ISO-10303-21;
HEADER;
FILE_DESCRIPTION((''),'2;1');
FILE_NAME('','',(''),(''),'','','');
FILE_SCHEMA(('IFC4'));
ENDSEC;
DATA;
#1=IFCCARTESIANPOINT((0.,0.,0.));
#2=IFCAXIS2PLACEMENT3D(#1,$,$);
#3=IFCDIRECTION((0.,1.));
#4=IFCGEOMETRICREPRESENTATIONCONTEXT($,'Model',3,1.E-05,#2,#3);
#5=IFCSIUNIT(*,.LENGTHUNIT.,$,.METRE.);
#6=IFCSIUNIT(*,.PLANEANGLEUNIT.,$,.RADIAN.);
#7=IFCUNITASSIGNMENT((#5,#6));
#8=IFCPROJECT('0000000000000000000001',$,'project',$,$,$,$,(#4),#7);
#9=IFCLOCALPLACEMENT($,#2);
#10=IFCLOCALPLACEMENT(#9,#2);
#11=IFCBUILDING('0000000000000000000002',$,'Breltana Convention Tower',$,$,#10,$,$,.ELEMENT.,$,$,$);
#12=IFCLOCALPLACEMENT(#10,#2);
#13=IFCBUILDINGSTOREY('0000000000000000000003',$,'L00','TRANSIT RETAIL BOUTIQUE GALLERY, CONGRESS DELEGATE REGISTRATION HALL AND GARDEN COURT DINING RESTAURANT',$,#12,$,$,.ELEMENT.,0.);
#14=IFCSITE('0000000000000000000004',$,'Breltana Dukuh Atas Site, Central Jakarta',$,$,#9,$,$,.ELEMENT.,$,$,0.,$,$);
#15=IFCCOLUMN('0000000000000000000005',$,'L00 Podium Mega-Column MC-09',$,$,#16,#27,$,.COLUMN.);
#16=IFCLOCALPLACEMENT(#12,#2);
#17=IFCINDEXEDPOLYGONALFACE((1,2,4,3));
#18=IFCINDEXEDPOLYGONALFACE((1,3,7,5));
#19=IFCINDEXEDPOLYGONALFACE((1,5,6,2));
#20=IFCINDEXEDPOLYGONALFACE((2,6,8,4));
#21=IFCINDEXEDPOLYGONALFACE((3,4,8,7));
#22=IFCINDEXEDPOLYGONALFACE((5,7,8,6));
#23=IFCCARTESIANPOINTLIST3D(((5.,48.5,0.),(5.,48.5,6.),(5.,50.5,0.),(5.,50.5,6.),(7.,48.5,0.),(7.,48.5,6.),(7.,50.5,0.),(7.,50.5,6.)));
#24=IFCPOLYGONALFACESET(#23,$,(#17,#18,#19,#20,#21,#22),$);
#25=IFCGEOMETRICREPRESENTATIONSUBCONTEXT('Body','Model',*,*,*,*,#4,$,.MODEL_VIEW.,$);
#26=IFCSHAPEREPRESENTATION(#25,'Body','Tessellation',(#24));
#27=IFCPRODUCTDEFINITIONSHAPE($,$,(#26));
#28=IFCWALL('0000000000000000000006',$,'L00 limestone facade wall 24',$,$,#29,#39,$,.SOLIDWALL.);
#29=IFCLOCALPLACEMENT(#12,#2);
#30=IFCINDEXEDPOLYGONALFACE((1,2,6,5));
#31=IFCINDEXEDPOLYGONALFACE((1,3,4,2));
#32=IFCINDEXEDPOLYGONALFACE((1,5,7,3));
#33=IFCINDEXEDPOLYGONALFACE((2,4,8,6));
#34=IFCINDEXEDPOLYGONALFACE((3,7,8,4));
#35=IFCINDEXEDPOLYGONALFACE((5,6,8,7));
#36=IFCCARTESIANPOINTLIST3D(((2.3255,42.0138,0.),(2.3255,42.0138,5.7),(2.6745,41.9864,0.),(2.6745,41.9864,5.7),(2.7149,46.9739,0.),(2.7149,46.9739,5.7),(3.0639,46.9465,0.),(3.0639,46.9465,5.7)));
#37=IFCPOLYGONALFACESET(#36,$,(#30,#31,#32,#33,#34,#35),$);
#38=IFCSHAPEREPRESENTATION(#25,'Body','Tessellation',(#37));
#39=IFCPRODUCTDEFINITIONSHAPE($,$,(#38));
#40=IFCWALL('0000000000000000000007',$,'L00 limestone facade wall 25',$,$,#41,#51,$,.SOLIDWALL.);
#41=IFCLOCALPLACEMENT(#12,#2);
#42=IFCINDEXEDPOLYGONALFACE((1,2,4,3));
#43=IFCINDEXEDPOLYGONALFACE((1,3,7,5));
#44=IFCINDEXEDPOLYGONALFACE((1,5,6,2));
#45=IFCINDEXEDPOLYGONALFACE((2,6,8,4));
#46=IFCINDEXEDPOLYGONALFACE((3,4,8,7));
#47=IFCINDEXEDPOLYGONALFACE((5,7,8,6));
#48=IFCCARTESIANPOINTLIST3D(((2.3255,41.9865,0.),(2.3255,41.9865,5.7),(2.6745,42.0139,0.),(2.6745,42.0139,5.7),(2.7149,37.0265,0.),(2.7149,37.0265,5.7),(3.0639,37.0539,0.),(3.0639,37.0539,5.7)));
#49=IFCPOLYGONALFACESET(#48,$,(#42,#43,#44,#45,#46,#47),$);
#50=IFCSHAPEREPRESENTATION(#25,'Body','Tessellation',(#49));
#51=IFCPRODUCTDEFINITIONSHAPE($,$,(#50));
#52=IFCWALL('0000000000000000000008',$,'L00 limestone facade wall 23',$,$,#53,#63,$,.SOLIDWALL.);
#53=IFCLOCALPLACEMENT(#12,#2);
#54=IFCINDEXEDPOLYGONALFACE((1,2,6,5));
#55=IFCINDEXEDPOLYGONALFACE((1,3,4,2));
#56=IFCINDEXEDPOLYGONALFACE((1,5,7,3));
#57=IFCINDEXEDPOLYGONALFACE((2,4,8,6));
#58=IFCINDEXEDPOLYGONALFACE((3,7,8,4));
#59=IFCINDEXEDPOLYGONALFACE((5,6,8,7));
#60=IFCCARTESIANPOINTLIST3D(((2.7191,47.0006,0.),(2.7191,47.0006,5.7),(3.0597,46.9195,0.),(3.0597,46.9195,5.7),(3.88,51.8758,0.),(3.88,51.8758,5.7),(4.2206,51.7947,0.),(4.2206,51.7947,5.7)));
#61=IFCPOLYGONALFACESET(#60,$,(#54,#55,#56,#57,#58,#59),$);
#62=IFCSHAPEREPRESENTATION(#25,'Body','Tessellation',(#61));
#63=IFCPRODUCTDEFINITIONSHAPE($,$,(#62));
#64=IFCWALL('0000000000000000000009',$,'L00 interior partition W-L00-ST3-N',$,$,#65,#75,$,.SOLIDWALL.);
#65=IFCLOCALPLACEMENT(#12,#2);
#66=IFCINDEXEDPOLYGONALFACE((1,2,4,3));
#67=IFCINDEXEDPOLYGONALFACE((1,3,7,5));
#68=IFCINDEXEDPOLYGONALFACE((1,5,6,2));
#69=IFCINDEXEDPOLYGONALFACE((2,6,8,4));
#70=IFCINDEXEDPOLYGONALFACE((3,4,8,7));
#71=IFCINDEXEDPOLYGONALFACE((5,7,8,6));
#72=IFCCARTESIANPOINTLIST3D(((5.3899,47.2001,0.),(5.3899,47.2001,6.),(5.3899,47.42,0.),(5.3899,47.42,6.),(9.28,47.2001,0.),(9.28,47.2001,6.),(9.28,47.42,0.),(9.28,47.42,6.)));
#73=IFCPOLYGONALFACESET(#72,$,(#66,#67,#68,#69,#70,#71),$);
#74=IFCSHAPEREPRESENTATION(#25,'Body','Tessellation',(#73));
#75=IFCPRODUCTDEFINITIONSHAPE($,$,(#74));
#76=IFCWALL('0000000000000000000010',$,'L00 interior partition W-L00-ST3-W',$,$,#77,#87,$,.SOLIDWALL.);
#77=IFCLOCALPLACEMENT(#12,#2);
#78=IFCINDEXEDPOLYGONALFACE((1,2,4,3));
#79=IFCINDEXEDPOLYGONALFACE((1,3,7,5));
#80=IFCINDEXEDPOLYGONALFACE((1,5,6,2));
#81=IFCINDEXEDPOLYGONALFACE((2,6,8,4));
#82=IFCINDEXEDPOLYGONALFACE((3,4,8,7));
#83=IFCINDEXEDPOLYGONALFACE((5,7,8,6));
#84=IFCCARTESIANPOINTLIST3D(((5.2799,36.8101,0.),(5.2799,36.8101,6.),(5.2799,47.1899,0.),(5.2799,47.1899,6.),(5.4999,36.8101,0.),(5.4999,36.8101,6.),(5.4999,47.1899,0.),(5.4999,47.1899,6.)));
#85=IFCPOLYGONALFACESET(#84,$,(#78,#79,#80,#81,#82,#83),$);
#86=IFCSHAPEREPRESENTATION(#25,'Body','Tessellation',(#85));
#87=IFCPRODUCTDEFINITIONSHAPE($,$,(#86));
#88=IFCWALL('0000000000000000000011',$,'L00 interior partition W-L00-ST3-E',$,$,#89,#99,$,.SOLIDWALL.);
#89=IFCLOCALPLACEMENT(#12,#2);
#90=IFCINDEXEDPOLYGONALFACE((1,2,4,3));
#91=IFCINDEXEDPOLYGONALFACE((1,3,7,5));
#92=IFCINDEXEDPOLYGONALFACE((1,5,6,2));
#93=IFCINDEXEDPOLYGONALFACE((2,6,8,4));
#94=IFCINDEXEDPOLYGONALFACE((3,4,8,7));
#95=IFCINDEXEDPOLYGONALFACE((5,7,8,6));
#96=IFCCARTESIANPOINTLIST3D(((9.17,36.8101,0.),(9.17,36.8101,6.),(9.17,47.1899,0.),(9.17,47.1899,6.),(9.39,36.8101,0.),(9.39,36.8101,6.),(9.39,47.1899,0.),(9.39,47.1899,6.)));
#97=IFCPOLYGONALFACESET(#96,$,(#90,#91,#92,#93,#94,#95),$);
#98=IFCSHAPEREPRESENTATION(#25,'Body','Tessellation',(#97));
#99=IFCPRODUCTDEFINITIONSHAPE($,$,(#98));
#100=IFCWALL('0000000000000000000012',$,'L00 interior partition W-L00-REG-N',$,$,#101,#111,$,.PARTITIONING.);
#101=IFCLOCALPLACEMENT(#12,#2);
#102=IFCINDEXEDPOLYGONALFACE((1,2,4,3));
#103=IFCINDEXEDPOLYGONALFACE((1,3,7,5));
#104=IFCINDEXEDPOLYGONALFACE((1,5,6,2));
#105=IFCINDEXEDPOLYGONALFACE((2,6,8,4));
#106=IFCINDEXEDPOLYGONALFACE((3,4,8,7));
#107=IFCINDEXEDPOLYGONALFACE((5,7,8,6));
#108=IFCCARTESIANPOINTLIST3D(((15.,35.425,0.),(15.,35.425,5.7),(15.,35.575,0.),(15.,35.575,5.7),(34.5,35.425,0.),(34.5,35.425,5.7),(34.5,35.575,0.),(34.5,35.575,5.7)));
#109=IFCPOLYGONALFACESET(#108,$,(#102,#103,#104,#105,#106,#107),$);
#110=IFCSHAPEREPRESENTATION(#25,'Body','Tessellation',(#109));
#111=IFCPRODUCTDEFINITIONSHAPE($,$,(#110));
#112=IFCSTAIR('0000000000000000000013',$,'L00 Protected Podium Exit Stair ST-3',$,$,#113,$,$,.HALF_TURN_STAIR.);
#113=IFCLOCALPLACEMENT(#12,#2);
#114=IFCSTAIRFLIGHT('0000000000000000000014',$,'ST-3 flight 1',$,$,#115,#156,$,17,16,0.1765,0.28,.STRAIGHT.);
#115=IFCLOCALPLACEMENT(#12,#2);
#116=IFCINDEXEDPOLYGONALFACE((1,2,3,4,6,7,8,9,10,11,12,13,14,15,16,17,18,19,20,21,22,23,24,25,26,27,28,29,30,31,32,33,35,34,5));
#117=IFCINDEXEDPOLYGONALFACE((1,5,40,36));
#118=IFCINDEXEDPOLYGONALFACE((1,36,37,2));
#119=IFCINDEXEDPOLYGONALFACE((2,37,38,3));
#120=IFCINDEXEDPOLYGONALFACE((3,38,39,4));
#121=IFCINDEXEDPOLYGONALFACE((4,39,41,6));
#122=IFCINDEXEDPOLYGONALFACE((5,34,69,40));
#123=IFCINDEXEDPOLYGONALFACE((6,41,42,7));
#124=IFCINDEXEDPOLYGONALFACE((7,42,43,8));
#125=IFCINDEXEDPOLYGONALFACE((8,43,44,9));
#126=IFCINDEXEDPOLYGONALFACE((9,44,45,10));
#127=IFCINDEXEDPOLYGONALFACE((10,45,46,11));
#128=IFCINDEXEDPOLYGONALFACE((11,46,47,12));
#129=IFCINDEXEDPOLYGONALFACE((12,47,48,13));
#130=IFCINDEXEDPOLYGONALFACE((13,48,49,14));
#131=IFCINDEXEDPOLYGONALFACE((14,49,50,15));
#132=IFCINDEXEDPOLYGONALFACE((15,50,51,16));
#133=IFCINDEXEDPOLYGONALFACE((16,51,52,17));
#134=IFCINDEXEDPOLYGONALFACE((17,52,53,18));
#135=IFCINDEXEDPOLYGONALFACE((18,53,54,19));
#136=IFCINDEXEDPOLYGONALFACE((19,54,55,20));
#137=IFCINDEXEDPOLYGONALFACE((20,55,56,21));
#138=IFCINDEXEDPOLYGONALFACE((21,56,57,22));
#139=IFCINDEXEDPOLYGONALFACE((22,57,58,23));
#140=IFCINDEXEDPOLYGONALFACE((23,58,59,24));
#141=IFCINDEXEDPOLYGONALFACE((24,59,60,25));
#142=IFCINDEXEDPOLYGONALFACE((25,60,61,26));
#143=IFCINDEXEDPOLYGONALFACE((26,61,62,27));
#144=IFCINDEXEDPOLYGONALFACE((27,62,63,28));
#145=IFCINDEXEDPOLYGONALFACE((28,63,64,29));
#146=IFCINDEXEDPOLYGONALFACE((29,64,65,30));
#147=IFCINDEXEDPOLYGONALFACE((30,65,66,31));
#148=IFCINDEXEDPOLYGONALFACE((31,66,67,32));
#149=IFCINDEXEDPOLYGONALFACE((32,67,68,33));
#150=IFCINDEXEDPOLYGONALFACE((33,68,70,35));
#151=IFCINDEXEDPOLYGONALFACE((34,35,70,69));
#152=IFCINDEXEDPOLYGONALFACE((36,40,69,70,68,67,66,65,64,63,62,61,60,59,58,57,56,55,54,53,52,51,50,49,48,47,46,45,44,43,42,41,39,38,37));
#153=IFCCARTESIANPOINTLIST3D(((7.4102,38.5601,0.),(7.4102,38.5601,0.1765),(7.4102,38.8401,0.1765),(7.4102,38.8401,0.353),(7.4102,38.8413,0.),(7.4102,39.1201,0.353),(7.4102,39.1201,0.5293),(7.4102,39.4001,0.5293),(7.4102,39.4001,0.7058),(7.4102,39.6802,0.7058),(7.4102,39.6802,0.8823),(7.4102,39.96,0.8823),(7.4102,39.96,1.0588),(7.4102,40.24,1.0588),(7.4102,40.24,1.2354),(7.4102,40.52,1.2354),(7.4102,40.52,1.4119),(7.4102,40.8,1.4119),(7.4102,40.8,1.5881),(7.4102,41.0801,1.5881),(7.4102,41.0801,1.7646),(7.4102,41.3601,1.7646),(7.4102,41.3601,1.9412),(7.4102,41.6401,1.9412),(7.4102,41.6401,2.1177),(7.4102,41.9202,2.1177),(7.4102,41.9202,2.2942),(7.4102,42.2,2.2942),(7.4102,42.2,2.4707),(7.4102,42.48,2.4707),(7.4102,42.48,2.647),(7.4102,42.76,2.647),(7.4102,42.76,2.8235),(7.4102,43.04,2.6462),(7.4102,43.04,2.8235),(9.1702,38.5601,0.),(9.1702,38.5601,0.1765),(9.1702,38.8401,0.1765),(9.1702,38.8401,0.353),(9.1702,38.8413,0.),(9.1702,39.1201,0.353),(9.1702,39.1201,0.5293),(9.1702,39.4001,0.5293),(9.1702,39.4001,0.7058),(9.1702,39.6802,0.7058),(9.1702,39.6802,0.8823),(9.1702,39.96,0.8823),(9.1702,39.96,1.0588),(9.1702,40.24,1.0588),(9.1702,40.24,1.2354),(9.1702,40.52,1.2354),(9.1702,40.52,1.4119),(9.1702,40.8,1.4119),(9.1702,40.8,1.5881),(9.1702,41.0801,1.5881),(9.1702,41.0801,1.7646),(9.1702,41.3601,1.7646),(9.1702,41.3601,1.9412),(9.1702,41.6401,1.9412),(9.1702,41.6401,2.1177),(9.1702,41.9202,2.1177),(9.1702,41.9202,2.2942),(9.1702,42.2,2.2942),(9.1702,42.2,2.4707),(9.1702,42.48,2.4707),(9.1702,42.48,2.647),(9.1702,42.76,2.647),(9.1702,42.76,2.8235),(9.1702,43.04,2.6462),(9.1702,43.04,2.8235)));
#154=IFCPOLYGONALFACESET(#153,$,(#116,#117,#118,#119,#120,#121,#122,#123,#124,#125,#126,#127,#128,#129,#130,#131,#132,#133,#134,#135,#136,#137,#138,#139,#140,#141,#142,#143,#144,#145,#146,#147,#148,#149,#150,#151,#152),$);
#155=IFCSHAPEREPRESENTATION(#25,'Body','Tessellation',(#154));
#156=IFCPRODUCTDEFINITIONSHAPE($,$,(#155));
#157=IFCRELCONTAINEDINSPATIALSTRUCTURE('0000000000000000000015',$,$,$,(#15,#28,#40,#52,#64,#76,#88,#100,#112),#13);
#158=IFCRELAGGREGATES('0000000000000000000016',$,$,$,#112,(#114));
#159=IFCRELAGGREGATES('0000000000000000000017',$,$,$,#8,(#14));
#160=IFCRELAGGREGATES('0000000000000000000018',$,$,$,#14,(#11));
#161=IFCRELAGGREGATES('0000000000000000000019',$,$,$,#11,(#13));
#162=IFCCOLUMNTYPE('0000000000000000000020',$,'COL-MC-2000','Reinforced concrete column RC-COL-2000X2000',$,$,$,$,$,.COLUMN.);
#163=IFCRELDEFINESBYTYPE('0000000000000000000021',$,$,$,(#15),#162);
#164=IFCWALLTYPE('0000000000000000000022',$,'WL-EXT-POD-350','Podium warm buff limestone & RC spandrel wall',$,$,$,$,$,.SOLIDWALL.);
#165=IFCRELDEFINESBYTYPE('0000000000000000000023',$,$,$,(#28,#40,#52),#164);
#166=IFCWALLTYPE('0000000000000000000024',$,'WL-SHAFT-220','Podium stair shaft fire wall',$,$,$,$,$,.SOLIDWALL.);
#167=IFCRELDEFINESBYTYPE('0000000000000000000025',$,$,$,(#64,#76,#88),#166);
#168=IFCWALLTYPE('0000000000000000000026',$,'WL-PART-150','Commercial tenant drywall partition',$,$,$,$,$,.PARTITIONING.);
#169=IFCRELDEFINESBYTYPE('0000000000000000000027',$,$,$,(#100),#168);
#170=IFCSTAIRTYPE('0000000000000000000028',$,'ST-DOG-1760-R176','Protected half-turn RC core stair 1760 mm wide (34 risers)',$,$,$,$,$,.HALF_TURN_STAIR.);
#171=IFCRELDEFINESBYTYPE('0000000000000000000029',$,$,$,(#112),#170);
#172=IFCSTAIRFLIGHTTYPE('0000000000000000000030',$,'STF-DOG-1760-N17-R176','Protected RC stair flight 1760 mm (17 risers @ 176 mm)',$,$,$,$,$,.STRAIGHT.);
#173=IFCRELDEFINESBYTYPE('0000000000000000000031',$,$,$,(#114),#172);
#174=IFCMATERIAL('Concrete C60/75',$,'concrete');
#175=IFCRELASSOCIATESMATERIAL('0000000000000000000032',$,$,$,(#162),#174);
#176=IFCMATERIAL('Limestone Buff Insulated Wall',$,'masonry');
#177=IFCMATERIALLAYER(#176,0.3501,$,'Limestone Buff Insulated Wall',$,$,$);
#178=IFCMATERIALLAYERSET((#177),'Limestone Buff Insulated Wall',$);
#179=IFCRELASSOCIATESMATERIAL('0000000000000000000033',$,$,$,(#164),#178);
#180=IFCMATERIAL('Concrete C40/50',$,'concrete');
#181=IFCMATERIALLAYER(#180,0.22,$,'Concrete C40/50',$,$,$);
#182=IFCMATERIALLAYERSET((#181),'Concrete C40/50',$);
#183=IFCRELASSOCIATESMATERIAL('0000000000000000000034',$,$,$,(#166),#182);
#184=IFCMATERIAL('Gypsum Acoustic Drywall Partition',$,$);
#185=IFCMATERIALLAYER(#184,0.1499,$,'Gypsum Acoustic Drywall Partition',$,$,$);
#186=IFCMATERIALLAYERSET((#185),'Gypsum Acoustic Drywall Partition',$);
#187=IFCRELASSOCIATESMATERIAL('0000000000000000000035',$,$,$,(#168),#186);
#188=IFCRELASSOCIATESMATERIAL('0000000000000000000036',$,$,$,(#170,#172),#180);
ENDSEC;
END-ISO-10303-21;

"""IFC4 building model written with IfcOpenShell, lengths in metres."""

from ifc_helpers import new_model, si_unit, direction, frame, frame_2d, origin, origin_2d, place, context, subcontext, project, spatial, polyline, rectangle, outline, extrude, source, transform, mapped, material, layer, layer_set, material_profile, profile_set, type_object, type_shapes, element, aggregate, save


model = new_model("IFC4")

# Units and contexts
model_context = context("Model", 3, precision=1e-05, world=origin(), true_north=direction((0.0, 1.0)))
body_context = subcontext(model_context, "Body", "Model", "MODEL_VIEW")
ifc_project = project(units=[si_unit("LENGTHUNIT", "METRE"), si_unit("PLANEANGLEUNIT", "RADIAN")], contexts=[model_context])

# Site, building, storey
site_placement = place(None, origin())
site = spatial("IfcSite", under=ifc_project, at=site_placement, Name="Breltana Dukuh Atas Site, Central Jakarta", CompositionType="ELEMENT", RefElevation=0.0)
building_placement = place(site_placement, origin())
building = spatial("IfcBuilding", under=site, at=building_placement, Name="Breltana Convention Tower", CompositionType="ELEMENT")
storey_placement = place(building_placement, origin())
storey = spatial("IfcBuildingStorey", under=building, at=storey_placement, Name="L00", Description="TRANSIT RETAIL BOUTIQUE GALLERY, CONGRESS DELEGATE REGISTRATION HALL AND GARDEN COURT DINING RESTAURANT", CompositionType="ELEMENT", Elevation=0.0)

# Column
ifc_material_1 = material(Name="Concrete C60/75", Category="concrete")
ifc_material_profile = material_profile(ifc_material_1, rectangle(XDim=2.0, YDim=2.0, at=origin_2d()), Name="RC-COL-2000X2000")
ifc_profile_set = profile_set([ifc_material_profile], Name="Concrete C60/75")
column_type = type_object("IfcColumnType", Name="COL-MC-2000", Description="Reinforced concrete column RC-COL-2000X2000", PredefinedType="COLUMN", material=ifc_profile_set)
shared_shape_1 = source(origin(), body_context, "Body", "SweptSolid", [
    extrude(rectangle(XDim=2.0, YDim=2.0, at=origin_2d()), origin(), (0.0, 0.0, 1.0), 6.0),
])
column_placement = place(storey_placement, frame((6.0, 49.5, 0.0), z_axis=(0.0, 0.0, 1.0), x_axis=(-1.0, 0.0, 0.0)))
element("IfcColumn", 1, at=column_placement, inside=storey, type_object=column_type, Name="L00 Podium Mega-Column MC-09", PredefinedType="COLUMN", context=body_context, shape_type="MappedRepresentation", body=[
    mapped(shared_shape_1, transform((0.0, 0.0, 0.0), scale=1.0)),
])

# Walls
ifc_material_2 = material(Name="Limestone Buff Insulated Wall", Category="masonry")
ifc_layer_1 = layer(ifc_material_2, 0.3501, Name="Limestone Buff Insulated Wall")
ifc_layer_set_1 = layer_set([ifc_layer_1], Name="Limestone Buff Insulated Wall")
wall_type_1 = type_object("IfcWallType", Name="WL-EXT-POD-350", Description="Podium warm buff limestone & RC spandrel wall", PredefinedType="SOLIDWALL", material=ifc_layer_set_1)
shared_shape_2 = source(origin(), body_context, "Body", "SweptSolid", [
    extrude(rectangle(XDim=4.9753, YDim=0.3501, at=frame_2d((2.4878, 0.0))), origin(), (0.0, 0.0, 1.0), 5.7),
])
type_shapes(wall_type_1, [shared_shape_2])
for number, where, z_axis, x_axis, name in (
    (2, (2.5, 42.0, 0.0), (0.0, 0.0, 1.0), (0.078269, 0.996932, 0.0), "L00 limestone facade wall 24"),
    (3, (2.8894, 37.04, 0.0), (0.0, 0.0, 1.0), (-0.078269, 0.996932, 0.0), "L00 limestone facade wall 25"),
):
    element("IfcWall", number, at=place(storey_placement, frame(where, z_axis=z_axis, x_axis=x_axis)), inside=storey, type_object=wall_type_1, Name=name, PredefinedType="SOLIDWALL", context=body_context, shape_type="MappedRepresentation", body=[
        mapped(shared_shape_2, transform((0.0, 0.0, 0.0), scale=1.0)),
    ])
shared_shape_3 = source(origin(), body_context, "Body", "SweptSolid", [
    extrude(rectangle(XDim=5.0115, YDim=0.3501, at=frame_2d((2.5059, 0.0))), origin(), (0.0, 0.0, 1.0), 5.7),
])
wall_1_placement = place(storey_placement, frame((2.8894, 46.96, 0.0), z_axis=(0.0, 0.0, 1.0), x_axis=(0.231642, 0.972801, 0.0)))
element("IfcWall", 4, at=wall_1_placement, inside=storey, type_object=wall_type_1, Name="L00 limestone facade wall 23", PredefinedType="SOLIDWALL", context=body_context, shape_type="MappedRepresentation", body=[
    mapped(shared_shape_3, transform((0.0, 0.0, 0.0), scale=1.0)),
])

# Shared definitions
ifc_material_3 = material(Name="Concrete C40/50", Category="concrete")
ifc_layer_2 = layer(ifc_material_3, 0.22, Name="Concrete C40/50")
ifc_layer_set_2 = layer_set([ifc_layer_2], Name="Concrete C40/50")
wall_type_2 = type_object("IfcWallType", Name="WL-SHAFT-220", Description="Podium stair shaft fire wall", PredefinedType="SOLIDWALL", material=ifc_layer_set_2)
shared_shape_4 = source(origin(), body_context, "Body", "SweptSolid", [
    extrude(rectangle(XDim=3.8901, YDim=0.22, at=frame_2d((1.9451, 0.0))), origin(), (0.0, 0.0, 1.0), 6.0),
])

# Walls
wall_2_placement = place(storey_placement, frame((5.3899, 47.3101, 0.0), z_axis=(0.0, 0.0, 1.0), x_axis=(1.0, 0.0, 0.0)))
element("IfcWall", 5, at=wall_2_placement, inside=storey, type_object=wall_type_2, Name="L00 interior partition W-L00-ST3-N", PredefinedType="SOLIDWALL", context=body_context, shape_type="MappedRepresentation", body=[
    mapped(shared_shape_4, transform((0.0, 0.0, 0.0), scale=1.0)),
])
shared_shape_5 = source(origin(), body_context, "Body", "SweptSolid", [
    extrude(rectangle(XDim=10.3799, YDim=0.22, at=frame_2d((5.1899, 0.0))), origin(), (0.0, 0.0, 1.0), 6.0),
])
for number, where, z_axis, x_axis, name in (
    (6, (5.3899, 36.8101, 0.0), (0.0, 0.0, 1.0), (0.0, 1.0, 0.0), "L00 interior partition W-L00-ST3-W"),
    (7, (9.28, 36.8101, 0.0), (0.0, 0.0, 1.0), (0.0, 1.0, 0.0), "L00 interior partition W-L00-ST3-E"),
):
    element("IfcWall", number, at=place(storey_placement, frame(where, z_axis=z_axis, x_axis=x_axis)), inside=storey, type_object=wall_type_2, Name=name, PredefinedType="SOLIDWALL", context=body_context, shape_type="MappedRepresentation", body=[
        mapped(shared_shape_5, transform((0.0, 0.0, 0.0), scale=1.0)),
    ])

# Wall
ifc_material_4 = material(Name="Gypsum Acoustic Drywall Partition")
ifc_layer_3 = layer(ifc_material_4, 0.1499, Name="Gypsum Acoustic Drywall Partition")
ifc_layer_set_3 = layer_set([ifc_layer_3], Name="Gypsum Acoustic Drywall Partition")
wall_type_3 = type_object("IfcWallType", Name="WL-PART-150", Description="Commercial tenant drywall partition", PredefinedType="PARTITIONING", material=ifc_layer_set_3)
shared_shape_6 = source(origin(), body_context, "Body", "SweptSolid", [
    extrude(rectangle(XDim=19.5, YDim=0.1499, at=frame_2d((9.75, 0.0))), origin(), (0.0, 0.0, 1.0), 5.7),
])
wall_3_placement = place(storey_placement, frame((15.0, 35.5, 0.0), z_axis=(0.0, 0.0, 1.0), x_axis=(1.0, 0.0, 0.0)))
element("IfcWall", 8, at=wall_3_placement, inside=storey, type_object=wall_type_3, Name="L00 interior partition W-L00-REG-N", PredefinedType="PARTITIONING", context=body_context, shape_type="MappedRepresentation", body=[
    mapped(shared_shape_6, transform((0.0, 0.0, 0.0), scale=1.0)),
])

# Stair, stair flight
stair_type = type_object("IfcStairType", Name="ST-DOG-1760-R176", Description="Protected half-turn RC core stair 1760 mm wide (34 risers)", PredefinedType="HALF_TURN_STAIR", material=ifc_material_3)
stair_placement = place(storey_placement, origin())
stair = element("IfcStair", 9, at=stair_placement, inside=storey, type_object=stair_type, Name="L00 Protected Podium Exit Stair ST-3", PredefinedType="HALF_TURN_STAIR")
stair_flight_type = type_object("IfcStairFlightType", Name="STF-DOG-1760-N17-R176", Description="Protected RC stair flight 1760 mm (17 risers @ 176 mm)", PredefinedType="STRAIGHT", material=ifc_material_3)
stair_flight_1_placement = place(storey_placement, frame((8.29, 38.5601, 0.0), z_axis=(0.0, 0.0, 1.0), x_axis=(0.0, 1.0, 0.0)))
stair_flight_1 = element("IfcStairFlight", 10, at=stair_flight_1_placement, type_object=stair_flight_type, Name="ST-3 flight 1", NumberOfRisers=17, NumberOfTreads=16, PredefinedType="STRAIGHT", RiserHeight=0.1765, TreadLength=0.28, context=body_context, shape_type="SweptSolid", body=[
    extrude(outline(polyline([(0.0, 0.0), (0.0, 0.1765), (0.28, 0.1765), (0.28, 0.353), (0.5601, 0.353), (0.5601, 0.5293), (0.8401, 0.5293), (0.8401, 0.7058), (1.1201, 0.7058), (1.1201, 0.8823), (1.3999, 0.8823), (1.3999, 1.0588), (1.6799, 1.0588), (1.6799, 1.2354), (1.96, 1.2354), (1.96, 1.4119), (2.24, 1.4119), (2.24, 1.5881), (2.52, 1.5881), (2.52, 1.7646), (2.8, 1.7646), (2.8, 1.9412), (3.0801, 1.9412), (3.0801, 2.1177), (3.3601, 2.1177), (3.3601, 2.2942), (3.6399, 2.2942), (3.6399, 2.4707), (3.9199, 2.4707), (3.9199, 2.647), (4.2, 2.647), (4.2, 2.8235), (4.48, 2.8235), (4.48, 3.0), (4.48, 2.6462), (0.2812, 0.0), (0.0, 0.0)])), frame((0.0, 0.8799, 0.0), z_axis=(0.0, -1.0, 0.0), x_axis=(1.0, 0.0, 0.0)), (0.0, 0.0, 1.0), 1.76),
])
aggregate(stair, [stair_flight_1])

save(model, "model.ifc")
